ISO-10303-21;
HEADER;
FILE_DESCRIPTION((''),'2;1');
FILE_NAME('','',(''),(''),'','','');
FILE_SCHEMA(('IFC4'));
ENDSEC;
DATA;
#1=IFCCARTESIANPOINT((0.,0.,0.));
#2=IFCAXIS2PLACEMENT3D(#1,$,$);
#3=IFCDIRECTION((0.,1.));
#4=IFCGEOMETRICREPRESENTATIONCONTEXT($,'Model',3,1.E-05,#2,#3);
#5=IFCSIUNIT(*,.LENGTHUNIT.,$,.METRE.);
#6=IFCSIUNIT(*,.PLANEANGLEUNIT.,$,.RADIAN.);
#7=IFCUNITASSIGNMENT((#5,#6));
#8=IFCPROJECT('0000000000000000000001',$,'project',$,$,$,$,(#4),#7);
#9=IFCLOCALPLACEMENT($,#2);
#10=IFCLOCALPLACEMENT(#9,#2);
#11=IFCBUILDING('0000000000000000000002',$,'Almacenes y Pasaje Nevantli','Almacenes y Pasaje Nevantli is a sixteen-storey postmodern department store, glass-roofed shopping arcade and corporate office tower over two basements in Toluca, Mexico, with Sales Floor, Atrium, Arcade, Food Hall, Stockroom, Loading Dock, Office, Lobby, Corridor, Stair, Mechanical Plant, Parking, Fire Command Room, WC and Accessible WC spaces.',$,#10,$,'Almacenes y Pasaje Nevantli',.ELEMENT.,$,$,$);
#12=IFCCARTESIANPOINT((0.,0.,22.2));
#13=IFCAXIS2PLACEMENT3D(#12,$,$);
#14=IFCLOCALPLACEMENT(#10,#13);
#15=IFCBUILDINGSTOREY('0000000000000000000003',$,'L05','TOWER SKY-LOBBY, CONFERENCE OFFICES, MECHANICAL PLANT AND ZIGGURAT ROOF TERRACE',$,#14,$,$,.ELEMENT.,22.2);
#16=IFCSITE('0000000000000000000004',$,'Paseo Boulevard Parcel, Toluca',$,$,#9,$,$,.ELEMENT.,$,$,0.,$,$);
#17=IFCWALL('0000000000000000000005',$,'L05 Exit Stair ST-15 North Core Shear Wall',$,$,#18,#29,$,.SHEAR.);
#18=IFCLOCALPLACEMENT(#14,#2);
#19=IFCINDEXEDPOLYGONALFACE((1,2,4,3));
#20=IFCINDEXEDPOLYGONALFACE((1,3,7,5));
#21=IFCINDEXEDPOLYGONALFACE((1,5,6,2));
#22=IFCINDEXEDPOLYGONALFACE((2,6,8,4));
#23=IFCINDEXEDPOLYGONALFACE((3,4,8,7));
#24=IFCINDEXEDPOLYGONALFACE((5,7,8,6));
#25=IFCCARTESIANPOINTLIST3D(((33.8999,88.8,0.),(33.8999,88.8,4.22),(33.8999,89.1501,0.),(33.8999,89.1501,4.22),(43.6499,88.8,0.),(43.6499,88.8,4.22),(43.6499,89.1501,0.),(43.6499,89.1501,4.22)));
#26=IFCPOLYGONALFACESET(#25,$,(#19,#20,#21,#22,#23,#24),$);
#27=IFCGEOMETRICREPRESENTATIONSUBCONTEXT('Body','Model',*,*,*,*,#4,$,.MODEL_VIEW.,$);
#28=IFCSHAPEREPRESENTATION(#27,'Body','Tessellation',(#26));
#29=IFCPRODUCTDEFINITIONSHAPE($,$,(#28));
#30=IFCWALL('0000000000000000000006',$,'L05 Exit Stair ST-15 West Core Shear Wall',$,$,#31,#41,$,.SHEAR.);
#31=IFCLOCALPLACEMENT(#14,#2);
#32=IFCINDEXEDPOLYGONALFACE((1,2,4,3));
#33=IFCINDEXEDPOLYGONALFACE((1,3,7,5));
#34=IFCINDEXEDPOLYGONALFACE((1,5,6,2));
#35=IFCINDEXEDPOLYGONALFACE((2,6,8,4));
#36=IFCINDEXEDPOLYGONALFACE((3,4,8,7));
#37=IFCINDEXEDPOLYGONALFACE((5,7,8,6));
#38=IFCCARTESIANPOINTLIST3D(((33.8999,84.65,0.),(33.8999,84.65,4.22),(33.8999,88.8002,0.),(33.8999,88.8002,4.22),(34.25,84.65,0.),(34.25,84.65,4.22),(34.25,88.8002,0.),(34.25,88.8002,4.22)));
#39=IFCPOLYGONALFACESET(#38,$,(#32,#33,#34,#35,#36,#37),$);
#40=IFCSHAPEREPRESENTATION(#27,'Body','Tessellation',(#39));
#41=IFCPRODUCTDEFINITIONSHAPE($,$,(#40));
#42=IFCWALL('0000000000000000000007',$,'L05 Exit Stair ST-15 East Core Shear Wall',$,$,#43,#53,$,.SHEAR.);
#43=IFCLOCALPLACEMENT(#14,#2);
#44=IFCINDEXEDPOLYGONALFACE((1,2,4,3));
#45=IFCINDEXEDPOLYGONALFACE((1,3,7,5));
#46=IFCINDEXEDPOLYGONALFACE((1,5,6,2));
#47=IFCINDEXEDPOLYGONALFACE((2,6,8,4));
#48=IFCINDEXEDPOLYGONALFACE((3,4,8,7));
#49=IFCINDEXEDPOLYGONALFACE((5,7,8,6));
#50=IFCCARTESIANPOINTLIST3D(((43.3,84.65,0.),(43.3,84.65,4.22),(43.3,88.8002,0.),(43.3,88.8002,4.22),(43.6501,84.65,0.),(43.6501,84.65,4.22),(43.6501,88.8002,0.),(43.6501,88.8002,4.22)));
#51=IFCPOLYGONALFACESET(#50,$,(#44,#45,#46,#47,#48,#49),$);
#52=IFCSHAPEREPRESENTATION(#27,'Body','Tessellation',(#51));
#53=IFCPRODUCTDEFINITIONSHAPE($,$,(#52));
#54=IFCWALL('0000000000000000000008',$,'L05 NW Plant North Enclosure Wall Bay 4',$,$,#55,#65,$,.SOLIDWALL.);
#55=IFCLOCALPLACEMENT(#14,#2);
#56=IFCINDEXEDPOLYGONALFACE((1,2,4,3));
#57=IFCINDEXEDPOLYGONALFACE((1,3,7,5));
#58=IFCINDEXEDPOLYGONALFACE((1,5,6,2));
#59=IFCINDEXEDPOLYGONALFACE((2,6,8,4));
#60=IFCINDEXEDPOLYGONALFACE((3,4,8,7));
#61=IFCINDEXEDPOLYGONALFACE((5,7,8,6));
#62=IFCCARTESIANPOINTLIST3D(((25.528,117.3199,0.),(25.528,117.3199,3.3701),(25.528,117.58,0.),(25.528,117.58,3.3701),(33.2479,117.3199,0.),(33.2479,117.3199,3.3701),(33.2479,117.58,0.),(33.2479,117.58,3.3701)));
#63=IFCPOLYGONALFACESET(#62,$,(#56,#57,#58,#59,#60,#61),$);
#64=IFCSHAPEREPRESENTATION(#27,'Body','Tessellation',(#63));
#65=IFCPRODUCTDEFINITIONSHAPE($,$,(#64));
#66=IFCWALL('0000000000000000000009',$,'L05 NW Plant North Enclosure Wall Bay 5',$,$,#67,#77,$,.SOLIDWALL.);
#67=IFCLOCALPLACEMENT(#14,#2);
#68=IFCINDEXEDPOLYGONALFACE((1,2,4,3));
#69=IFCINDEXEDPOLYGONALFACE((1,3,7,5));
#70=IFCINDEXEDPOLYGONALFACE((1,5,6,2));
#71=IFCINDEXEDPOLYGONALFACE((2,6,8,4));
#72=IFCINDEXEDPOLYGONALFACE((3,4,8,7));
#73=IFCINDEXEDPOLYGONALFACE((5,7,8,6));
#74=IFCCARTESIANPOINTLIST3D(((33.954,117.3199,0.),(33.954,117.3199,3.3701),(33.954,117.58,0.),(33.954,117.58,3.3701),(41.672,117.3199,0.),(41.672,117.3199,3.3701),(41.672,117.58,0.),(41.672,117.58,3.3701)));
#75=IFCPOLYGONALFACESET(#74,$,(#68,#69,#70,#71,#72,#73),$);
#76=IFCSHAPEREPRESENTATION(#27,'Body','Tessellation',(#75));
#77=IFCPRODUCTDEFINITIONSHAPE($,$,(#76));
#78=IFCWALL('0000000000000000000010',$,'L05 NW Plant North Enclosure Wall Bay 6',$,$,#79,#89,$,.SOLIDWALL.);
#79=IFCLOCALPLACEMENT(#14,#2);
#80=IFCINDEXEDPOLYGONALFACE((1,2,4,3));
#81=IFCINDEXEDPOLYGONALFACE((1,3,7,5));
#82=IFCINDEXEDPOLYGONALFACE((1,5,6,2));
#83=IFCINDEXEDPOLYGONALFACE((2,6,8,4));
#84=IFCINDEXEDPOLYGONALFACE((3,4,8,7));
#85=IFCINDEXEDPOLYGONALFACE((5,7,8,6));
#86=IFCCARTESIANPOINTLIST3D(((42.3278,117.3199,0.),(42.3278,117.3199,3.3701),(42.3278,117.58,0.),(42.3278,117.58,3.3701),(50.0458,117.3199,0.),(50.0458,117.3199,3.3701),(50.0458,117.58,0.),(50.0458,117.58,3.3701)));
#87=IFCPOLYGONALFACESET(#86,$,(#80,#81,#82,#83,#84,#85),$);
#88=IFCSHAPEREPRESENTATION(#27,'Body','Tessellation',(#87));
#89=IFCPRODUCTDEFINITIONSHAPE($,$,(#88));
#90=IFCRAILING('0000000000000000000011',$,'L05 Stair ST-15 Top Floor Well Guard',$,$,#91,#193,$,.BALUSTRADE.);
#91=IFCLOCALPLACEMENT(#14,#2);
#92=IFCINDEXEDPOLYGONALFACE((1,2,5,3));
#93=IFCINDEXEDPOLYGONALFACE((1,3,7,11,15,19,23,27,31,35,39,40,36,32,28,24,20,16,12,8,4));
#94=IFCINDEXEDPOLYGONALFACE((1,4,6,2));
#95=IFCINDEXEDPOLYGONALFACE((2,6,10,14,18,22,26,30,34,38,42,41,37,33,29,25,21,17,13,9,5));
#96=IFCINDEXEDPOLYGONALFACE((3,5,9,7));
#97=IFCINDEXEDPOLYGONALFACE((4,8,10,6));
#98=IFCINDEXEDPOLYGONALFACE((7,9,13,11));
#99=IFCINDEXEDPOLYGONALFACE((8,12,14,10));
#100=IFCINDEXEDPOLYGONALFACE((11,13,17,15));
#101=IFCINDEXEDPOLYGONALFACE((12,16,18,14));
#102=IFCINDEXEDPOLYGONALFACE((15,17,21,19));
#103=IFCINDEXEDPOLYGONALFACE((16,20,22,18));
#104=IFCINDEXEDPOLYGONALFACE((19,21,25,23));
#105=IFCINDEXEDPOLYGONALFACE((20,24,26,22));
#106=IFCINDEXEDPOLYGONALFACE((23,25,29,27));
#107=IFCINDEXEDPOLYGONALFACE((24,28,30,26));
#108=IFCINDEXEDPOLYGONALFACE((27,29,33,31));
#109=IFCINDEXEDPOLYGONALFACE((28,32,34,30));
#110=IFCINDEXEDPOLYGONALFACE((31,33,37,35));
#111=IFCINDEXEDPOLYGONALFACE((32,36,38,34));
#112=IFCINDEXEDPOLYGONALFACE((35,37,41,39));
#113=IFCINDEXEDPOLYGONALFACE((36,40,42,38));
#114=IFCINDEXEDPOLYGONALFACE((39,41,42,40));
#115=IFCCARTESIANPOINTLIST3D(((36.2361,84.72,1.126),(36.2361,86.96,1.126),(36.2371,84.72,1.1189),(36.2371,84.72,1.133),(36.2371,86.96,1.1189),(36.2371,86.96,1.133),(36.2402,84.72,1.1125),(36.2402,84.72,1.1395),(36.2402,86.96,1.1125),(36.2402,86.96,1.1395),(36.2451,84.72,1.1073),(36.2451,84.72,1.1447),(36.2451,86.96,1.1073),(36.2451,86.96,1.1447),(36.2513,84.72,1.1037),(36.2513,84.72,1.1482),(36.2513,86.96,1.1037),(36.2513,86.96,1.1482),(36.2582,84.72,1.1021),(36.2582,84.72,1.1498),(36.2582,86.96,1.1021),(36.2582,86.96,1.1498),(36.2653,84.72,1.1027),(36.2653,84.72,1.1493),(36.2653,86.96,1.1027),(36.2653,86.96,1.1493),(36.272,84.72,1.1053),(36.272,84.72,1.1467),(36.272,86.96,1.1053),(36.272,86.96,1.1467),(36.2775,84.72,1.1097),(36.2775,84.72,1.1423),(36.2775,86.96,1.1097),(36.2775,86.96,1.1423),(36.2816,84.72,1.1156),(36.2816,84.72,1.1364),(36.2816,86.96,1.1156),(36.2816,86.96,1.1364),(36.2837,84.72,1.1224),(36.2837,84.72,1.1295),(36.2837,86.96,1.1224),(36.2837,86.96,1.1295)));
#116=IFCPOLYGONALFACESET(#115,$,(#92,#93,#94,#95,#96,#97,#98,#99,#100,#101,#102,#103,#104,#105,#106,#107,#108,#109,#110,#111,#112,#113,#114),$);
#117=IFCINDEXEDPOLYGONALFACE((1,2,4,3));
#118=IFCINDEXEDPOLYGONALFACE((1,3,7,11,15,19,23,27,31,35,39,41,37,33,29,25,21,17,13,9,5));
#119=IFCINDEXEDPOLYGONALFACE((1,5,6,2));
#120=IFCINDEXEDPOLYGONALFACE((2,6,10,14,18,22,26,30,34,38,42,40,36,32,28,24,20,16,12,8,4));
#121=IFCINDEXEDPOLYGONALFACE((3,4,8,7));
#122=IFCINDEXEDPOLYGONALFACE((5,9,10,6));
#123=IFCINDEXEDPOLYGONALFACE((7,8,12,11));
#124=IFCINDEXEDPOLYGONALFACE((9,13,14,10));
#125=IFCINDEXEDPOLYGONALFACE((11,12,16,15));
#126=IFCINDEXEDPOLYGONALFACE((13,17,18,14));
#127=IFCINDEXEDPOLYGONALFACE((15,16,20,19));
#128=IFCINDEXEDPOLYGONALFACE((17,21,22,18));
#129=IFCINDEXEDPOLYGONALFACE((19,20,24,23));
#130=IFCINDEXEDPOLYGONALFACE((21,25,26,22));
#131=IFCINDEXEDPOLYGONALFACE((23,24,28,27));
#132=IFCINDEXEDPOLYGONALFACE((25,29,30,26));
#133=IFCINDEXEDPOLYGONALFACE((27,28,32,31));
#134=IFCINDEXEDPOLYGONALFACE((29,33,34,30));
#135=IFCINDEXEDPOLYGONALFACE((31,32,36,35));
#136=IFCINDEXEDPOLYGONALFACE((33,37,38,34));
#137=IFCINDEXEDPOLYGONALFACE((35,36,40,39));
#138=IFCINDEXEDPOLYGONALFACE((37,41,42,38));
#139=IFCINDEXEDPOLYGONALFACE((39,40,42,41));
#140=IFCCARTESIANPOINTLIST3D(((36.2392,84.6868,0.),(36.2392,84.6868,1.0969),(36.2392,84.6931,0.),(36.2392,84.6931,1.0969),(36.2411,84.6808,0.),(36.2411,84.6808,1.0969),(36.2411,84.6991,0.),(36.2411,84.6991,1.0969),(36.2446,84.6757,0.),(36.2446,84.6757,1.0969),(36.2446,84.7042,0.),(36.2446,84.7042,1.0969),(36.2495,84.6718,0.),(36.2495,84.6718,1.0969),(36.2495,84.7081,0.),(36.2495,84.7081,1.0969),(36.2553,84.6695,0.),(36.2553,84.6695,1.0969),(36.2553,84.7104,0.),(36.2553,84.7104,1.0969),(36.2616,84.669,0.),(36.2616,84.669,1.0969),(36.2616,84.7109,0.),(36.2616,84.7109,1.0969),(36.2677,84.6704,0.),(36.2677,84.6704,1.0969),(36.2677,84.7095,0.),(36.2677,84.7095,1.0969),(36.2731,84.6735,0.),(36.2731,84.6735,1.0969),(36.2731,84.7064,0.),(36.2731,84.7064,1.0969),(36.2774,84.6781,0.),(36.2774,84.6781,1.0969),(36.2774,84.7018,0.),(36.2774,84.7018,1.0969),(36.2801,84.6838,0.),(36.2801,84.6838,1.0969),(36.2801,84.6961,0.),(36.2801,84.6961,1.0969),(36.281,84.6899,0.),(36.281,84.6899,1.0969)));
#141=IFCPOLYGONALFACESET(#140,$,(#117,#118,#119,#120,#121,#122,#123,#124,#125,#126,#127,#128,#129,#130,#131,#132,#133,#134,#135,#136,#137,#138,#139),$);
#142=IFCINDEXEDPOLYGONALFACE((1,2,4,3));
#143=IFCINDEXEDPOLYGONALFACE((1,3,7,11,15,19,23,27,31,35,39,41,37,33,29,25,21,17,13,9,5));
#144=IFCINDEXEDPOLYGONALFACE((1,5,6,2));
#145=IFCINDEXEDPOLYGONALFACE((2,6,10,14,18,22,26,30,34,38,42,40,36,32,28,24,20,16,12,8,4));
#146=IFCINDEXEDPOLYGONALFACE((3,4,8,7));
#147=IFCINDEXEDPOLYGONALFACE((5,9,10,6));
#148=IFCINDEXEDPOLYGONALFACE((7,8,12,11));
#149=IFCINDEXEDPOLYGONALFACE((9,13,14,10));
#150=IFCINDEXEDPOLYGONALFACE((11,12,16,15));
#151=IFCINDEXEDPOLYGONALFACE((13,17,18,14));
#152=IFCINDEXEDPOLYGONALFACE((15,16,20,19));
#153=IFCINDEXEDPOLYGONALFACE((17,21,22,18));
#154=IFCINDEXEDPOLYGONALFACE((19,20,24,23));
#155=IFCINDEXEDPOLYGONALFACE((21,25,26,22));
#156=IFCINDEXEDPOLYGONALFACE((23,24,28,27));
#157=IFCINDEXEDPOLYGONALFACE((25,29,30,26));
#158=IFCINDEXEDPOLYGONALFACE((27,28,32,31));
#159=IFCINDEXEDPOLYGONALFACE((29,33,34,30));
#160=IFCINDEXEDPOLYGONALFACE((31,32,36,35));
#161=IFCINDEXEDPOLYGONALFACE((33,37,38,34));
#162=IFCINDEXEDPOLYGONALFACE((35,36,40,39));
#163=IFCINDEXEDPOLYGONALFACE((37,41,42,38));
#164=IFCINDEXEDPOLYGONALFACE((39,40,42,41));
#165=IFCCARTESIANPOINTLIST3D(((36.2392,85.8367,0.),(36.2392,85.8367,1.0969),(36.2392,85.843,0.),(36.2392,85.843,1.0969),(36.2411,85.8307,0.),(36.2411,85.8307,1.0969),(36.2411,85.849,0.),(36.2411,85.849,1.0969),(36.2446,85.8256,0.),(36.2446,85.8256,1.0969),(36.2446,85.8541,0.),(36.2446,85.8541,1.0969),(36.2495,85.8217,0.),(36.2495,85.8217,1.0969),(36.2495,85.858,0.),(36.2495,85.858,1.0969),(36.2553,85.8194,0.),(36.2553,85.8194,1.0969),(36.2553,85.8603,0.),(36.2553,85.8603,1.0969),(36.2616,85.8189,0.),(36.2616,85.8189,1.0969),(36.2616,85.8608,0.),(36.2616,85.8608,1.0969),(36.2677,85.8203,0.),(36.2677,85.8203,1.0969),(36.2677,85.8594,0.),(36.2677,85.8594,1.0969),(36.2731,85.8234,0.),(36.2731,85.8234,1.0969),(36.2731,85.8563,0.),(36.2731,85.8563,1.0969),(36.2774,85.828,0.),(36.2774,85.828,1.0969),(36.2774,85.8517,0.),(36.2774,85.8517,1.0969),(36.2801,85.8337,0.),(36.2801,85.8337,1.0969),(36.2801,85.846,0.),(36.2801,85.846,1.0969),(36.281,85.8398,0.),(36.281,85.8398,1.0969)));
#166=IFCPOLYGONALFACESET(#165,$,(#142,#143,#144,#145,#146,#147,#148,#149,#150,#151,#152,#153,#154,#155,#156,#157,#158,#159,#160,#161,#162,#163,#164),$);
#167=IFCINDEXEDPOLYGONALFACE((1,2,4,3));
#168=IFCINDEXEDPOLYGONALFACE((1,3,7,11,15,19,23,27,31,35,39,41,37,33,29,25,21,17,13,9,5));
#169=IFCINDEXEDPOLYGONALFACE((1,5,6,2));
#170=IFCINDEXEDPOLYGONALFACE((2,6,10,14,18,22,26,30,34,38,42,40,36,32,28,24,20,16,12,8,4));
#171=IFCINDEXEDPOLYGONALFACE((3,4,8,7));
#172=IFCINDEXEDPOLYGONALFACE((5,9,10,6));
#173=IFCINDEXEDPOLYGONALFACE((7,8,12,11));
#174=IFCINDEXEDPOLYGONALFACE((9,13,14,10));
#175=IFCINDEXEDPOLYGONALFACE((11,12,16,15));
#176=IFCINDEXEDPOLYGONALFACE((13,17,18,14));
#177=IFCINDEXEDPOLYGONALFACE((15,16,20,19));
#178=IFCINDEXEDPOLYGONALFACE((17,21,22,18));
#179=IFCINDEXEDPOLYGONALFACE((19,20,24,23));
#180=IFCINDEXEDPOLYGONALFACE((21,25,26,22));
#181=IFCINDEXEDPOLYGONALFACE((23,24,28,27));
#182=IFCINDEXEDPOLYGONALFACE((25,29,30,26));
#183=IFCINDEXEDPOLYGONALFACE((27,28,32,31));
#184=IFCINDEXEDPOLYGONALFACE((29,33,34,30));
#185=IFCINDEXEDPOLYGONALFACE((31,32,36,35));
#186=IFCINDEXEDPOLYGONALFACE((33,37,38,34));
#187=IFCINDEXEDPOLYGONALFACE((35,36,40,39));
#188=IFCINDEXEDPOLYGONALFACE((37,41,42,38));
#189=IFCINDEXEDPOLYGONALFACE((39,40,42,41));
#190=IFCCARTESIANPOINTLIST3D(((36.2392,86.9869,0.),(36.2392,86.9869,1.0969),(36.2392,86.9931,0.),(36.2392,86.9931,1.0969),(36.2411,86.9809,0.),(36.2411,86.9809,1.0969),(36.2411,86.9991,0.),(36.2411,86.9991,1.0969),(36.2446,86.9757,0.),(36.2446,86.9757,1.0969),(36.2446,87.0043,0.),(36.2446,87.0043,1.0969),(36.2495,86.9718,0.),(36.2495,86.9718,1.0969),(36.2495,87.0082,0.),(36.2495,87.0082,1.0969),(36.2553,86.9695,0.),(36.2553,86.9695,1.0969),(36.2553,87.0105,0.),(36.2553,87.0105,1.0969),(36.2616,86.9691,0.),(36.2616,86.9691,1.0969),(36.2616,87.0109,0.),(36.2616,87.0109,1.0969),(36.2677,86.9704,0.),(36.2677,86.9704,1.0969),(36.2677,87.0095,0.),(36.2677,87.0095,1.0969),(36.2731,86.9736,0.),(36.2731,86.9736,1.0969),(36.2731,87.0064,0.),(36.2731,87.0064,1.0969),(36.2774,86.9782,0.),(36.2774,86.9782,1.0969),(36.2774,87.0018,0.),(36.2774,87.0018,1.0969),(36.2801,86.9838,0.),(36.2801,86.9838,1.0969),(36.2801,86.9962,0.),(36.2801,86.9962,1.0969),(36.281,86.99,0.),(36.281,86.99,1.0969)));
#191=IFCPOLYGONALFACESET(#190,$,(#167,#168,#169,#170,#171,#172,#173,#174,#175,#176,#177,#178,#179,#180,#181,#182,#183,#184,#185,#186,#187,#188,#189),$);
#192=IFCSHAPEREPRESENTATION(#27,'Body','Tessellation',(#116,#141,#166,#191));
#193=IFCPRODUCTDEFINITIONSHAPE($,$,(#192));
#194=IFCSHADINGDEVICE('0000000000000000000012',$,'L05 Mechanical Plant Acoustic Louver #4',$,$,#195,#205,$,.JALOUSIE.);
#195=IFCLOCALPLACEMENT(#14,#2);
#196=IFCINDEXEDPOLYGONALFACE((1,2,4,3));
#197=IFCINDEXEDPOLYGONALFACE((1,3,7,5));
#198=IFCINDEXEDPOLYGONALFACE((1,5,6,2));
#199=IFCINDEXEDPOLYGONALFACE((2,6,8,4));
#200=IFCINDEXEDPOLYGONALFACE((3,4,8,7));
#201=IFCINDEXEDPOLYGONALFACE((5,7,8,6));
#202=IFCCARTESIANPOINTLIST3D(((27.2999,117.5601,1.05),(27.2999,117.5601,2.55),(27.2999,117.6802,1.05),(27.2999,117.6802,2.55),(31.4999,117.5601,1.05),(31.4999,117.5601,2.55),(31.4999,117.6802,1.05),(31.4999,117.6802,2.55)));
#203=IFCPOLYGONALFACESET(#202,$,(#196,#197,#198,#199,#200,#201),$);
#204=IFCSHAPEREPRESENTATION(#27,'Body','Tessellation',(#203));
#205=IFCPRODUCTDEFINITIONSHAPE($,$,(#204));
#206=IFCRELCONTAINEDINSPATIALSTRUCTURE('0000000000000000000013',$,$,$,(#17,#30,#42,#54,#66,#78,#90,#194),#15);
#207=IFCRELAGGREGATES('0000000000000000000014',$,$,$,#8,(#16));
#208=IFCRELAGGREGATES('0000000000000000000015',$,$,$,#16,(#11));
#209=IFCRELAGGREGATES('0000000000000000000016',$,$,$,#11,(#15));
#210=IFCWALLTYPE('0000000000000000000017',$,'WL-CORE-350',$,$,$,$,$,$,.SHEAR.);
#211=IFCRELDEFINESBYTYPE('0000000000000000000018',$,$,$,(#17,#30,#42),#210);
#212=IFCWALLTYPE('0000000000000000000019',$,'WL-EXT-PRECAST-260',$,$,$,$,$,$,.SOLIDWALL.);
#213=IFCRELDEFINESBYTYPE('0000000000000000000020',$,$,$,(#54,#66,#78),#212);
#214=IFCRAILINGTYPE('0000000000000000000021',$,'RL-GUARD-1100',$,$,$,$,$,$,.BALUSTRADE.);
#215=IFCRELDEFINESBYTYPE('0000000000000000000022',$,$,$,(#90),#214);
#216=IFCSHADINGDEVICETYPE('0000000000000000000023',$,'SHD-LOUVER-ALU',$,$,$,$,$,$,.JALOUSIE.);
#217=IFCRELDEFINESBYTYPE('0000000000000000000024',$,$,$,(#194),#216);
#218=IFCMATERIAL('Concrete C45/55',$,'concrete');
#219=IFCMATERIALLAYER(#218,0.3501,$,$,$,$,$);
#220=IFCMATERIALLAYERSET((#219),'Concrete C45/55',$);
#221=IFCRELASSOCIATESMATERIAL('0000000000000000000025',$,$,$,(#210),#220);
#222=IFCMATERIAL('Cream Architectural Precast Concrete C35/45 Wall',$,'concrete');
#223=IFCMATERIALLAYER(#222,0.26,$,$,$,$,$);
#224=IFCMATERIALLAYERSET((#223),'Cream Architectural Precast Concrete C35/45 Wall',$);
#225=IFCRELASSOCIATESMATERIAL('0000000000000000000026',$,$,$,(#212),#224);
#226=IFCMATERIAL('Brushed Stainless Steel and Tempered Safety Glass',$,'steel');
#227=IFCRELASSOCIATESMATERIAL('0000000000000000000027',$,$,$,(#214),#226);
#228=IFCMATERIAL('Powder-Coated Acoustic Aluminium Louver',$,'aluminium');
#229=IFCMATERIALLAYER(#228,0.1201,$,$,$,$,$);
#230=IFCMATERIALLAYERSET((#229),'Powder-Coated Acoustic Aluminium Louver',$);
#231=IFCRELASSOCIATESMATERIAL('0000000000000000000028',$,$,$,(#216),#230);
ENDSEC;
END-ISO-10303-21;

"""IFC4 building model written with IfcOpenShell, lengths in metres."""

from ifc_helpers import new_model, si_unit, direction, frame, frame_2d, origin, origin_2d, place, context, subcontext, project, spatial, rectangle, circle, extrude, material, layer, layer_set, type_object, element, save


model = new_model("IFC4")

# Units and contexts
model_context = context("Model", 3, precision=1e-05, world=origin(), true_north=direction((0.0, 1.0)))
body_context = subcontext(model_context, "Body", "Model", "MODEL_VIEW")
ifc_project = project(units=[si_unit("LENGTHUNIT", "METRE"), si_unit("PLANEANGLEUNIT", "RADIAN")], contexts=[model_context])

# Site, building, storey
site_placement = place(None, origin())
site = spatial("IfcSite", under=ifc_project, at=site_placement, Name="Paseo Boulevard Parcel, Toluca", CompositionType="ELEMENT", RefElevation=0.0)
building_placement = place(site_placement, origin())
building = spatial("IfcBuilding", under=site, at=building_placement, Name="Almacenes y Pasaje Nevantli", Description="Almacenes y Pasaje Nevantli is a sixteen-storey postmodern department store, glass-roofed shopping arcade and corporate office tower over two basements in Toluca, Mexico, with Sales Floor, Atrium, Arcade, Food Hall, Stockroom, Loading Dock, Office, Lobby, Corridor, Stair, Mechanical Plant, Parking, Fire Command Room, WC and Accessible WC spaces.", LongName="Almacenes y Pasaje Nevantli", CompositionType="ELEMENT")
storey_placement = place(building_placement, frame((0.0, 0.0, 22.2)))
storey = spatial("IfcBuildingStorey", under=building, at=storey_placement, Name="L05", Description="TOWER SKY-LOBBY, CONFERENCE OFFICES, MECHANICAL PLANT AND ZIGGURAT ROOF TERRACE", CompositionType="ELEMENT", Elevation=22.2)

# Walls
ifc_material_1 = material(Name="Concrete C45/55", Category="concrete")
ifc_layer_1 = layer(ifc_material_1, 0.3501)
ifc_layer_set_1 = layer_set([ifc_layer_1], Name="Concrete C45/55")
wall_type_1 = type_object("IfcWallType", Name="WL-CORE-350", PredefinedType="SHEAR", material=ifc_layer_set_1)
wall_1_placement = place(storey_placement, frame((33.8999, 88.9751, 0.0), z_axis=(0.0, 0.0, 1.0), x_axis=(1.0, 0.0, 0.0)))
element("IfcWall", 1, at=wall_1_placement, inside=storey, type_object=wall_type_1, Name="L05 Exit Stair ST-15 North Core Shear Wall", PredefinedType="SHEAR", context=body_context, shape_type="SweptSolid", body=[
    extrude(rectangle(XDim=9.75, YDim=0.3501, at=frame_2d((4.875, 0.0))), origin(), (0.0, 0.0, 1.0), 4.22),
])
for number, where, z_axis, x_axis, name in (
    (2, (34.075, 84.6499, 0.0), (0.0, 0.0, 1.0), (0.0, 1.0, 0.0), "L05 Exit Stair ST-15 West Core Shear Wall"),
    (3, (43.4751, 84.6499, 0.0), (0.0, 0.0, 1.0), (0.0, 1.0, 0.0), "L05 Exit Stair ST-15 East Core Shear Wall"),
):
    element("IfcWall", number, at=place(storey_placement, frame(where, z_axis=z_axis, x_axis=x_axis)), inside=storey, type_object=wall_type_1, Name=name, PredefinedType="SHEAR", context=body_context, shape_type="SweptSolid", body=[
        extrude(rectangle(XDim=4.1501, YDim=0.3501, at=frame_2d((2.0752, 0.0))), origin(), (0.0, 0.0, 1.0), 4.22),
    ])
ifc_material_2 = material(Name="Cream Architectural Precast Concrete C35/45 Wall", Category="concrete")
ifc_layer_2 = layer(ifc_material_2, 0.26)
ifc_layer_set_2 = layer_set([ifc_layer_2], Name="Cream Architectural Precast Concrete C35/45 Wall")
wall_type_2 = type_object("IfcWallType", Name="WL-EXT-PRECAST-260", PredefinedType="SOLIDWALL", material=ifc_layer_set_2)
wall_2_placement = place(storey_placement, frame((25.5281, 117.45, 0.0), z_axis=(0.0, 0.0, 1.0), x_axis=(1.0, 0.0, 0.0)))
element("IfcWall", 4, at=wall_2_placement, inside=storey, type_object=wall_type_2, Name="L05 NW Plant North Enclosure Wall Bay 4", PredefinedType="SOLIDWALL", context=body_context, shape_type="SweptSolid", body=[
    extrude(rectangle(XDim=7.72, YDim=0.26, at=frame_2d((3.8599, 0.0))), origin(), (0.0, 0.0, 1.0), 3.3701),
])
for number, where, z_axis, x_axis, name in (
    (5, (33.9541, 117.45, 0.0), (0.0, 0.0, 1.0), (1.0, 0.0, 0.0), "L05 NW Plant North Enclosure Wall Bay 5"),
    (6, (42.3279, 117.45, 0.0), (0.0, 0.0, 1.0), (1.0, 0.0, 0.0), "L05 NW Plant North Enclosure Wall Bay 6"),
):
    element("IfcWall", number, at=place(storey_placement, frame(where, z_axis=z_axis, x_axis=x_axis)), inside=storey, type_object=wall_type_2, Name=name, PredefinedType="SOLIDWALL", context=body_context, shape_type="SweptSolid", body=[
        extrude(rectangle(XDim=7.718, YDim=0.26, at=frame_2d((3.8589, 0.0))), origin(), (0.0, 0.0, 1.0), 3.3701),
    ])

# Railing
ifc_material_3 = material(Name="Brushed Stainless Steel and Tempered Safety Glass", Category="steel")
railing_type = type_object("IfcRailingType", Name="RL-GUARD-1100", PredefinedType="BALUSTRADE", material=ifc_material_3)
railing_placement = place(storey_placement, frame((36.26, 84.6899, 0.0)))
element("IfcRailing", 7, at=railing_placement, inside=storey, type_object=railing_type, Name="L05 Stair ST-15 Top Floor Well Guard", PredefinedType="BALUSTRADE", context=body_context, shape_type="SweptSolid", body=[
    extrude(circle(Radius=0.0239, at=origin_2d()), frame((0.0, 0.03, 1.126), z_axis=(0.0, 1.0, 0.0), x_axis=(-1.0, 0.0, 0.0)), (0.0, 0.0, 1.0), 2.24),
    extrude(circle(Radius=0.021, at=origin_2d()), origin(), (0.0, 0.0, 1.0), 1.0969),
    extrude(circle(Radius=0.021, at=origin_2d()), frame((0.0, 1.1499, 0.0)), (0.0, 0.0, 1.0), 1.0969),
    extrude(circle(Radius=0.021, at=origin_2d()), frame((0.0, 2.3, 0.0)), (0.0, 0.0, 1.0), 1.0969),
])

# Shading device
ifc_material_4 = material(Name="Powder-Coated Acoustic Aluminium Louver", Category="aluminium")
ifc_layer_3 = layer(ifc_material_4, 0.1201)
ifc_layer_set_3 = layer_set([ifc_layer_3], Name="Powder-Coated Acoustic Aluminium Louver")
shading_device_type = type_object("IfcShadingDeviceType", Name="SHD-LOUVER-ALU", PredefinedType="JALOUSIE", material=ifc_layer_set_3)
for number, where, z_axis, x_axis, name in (
    (8, (29.3999, 117.6201, 1.05), (0.0, 0.0, 1.0), (1.0, 0.0, 0.0), "L05 Mechanical Plant Acoustic Louver #4"),
):
    element("IfcShadingDevice", number, at=place(storey_placement, frame(where, z_axis=z_axis, x_axis=x_axis)), inside=storey, type_object=shading_device_type, Name=name, PredefinedType="JALOUSIE", context=body_context, shape_type="SweptSolid", body=[
        extrude(rectangle(XDim=4.2, YDim=0.1201, at=origin_2d()), origin(), (0.0, 0.0, 1.0), 1.5),
    ])

save(model, "model.ifc")
